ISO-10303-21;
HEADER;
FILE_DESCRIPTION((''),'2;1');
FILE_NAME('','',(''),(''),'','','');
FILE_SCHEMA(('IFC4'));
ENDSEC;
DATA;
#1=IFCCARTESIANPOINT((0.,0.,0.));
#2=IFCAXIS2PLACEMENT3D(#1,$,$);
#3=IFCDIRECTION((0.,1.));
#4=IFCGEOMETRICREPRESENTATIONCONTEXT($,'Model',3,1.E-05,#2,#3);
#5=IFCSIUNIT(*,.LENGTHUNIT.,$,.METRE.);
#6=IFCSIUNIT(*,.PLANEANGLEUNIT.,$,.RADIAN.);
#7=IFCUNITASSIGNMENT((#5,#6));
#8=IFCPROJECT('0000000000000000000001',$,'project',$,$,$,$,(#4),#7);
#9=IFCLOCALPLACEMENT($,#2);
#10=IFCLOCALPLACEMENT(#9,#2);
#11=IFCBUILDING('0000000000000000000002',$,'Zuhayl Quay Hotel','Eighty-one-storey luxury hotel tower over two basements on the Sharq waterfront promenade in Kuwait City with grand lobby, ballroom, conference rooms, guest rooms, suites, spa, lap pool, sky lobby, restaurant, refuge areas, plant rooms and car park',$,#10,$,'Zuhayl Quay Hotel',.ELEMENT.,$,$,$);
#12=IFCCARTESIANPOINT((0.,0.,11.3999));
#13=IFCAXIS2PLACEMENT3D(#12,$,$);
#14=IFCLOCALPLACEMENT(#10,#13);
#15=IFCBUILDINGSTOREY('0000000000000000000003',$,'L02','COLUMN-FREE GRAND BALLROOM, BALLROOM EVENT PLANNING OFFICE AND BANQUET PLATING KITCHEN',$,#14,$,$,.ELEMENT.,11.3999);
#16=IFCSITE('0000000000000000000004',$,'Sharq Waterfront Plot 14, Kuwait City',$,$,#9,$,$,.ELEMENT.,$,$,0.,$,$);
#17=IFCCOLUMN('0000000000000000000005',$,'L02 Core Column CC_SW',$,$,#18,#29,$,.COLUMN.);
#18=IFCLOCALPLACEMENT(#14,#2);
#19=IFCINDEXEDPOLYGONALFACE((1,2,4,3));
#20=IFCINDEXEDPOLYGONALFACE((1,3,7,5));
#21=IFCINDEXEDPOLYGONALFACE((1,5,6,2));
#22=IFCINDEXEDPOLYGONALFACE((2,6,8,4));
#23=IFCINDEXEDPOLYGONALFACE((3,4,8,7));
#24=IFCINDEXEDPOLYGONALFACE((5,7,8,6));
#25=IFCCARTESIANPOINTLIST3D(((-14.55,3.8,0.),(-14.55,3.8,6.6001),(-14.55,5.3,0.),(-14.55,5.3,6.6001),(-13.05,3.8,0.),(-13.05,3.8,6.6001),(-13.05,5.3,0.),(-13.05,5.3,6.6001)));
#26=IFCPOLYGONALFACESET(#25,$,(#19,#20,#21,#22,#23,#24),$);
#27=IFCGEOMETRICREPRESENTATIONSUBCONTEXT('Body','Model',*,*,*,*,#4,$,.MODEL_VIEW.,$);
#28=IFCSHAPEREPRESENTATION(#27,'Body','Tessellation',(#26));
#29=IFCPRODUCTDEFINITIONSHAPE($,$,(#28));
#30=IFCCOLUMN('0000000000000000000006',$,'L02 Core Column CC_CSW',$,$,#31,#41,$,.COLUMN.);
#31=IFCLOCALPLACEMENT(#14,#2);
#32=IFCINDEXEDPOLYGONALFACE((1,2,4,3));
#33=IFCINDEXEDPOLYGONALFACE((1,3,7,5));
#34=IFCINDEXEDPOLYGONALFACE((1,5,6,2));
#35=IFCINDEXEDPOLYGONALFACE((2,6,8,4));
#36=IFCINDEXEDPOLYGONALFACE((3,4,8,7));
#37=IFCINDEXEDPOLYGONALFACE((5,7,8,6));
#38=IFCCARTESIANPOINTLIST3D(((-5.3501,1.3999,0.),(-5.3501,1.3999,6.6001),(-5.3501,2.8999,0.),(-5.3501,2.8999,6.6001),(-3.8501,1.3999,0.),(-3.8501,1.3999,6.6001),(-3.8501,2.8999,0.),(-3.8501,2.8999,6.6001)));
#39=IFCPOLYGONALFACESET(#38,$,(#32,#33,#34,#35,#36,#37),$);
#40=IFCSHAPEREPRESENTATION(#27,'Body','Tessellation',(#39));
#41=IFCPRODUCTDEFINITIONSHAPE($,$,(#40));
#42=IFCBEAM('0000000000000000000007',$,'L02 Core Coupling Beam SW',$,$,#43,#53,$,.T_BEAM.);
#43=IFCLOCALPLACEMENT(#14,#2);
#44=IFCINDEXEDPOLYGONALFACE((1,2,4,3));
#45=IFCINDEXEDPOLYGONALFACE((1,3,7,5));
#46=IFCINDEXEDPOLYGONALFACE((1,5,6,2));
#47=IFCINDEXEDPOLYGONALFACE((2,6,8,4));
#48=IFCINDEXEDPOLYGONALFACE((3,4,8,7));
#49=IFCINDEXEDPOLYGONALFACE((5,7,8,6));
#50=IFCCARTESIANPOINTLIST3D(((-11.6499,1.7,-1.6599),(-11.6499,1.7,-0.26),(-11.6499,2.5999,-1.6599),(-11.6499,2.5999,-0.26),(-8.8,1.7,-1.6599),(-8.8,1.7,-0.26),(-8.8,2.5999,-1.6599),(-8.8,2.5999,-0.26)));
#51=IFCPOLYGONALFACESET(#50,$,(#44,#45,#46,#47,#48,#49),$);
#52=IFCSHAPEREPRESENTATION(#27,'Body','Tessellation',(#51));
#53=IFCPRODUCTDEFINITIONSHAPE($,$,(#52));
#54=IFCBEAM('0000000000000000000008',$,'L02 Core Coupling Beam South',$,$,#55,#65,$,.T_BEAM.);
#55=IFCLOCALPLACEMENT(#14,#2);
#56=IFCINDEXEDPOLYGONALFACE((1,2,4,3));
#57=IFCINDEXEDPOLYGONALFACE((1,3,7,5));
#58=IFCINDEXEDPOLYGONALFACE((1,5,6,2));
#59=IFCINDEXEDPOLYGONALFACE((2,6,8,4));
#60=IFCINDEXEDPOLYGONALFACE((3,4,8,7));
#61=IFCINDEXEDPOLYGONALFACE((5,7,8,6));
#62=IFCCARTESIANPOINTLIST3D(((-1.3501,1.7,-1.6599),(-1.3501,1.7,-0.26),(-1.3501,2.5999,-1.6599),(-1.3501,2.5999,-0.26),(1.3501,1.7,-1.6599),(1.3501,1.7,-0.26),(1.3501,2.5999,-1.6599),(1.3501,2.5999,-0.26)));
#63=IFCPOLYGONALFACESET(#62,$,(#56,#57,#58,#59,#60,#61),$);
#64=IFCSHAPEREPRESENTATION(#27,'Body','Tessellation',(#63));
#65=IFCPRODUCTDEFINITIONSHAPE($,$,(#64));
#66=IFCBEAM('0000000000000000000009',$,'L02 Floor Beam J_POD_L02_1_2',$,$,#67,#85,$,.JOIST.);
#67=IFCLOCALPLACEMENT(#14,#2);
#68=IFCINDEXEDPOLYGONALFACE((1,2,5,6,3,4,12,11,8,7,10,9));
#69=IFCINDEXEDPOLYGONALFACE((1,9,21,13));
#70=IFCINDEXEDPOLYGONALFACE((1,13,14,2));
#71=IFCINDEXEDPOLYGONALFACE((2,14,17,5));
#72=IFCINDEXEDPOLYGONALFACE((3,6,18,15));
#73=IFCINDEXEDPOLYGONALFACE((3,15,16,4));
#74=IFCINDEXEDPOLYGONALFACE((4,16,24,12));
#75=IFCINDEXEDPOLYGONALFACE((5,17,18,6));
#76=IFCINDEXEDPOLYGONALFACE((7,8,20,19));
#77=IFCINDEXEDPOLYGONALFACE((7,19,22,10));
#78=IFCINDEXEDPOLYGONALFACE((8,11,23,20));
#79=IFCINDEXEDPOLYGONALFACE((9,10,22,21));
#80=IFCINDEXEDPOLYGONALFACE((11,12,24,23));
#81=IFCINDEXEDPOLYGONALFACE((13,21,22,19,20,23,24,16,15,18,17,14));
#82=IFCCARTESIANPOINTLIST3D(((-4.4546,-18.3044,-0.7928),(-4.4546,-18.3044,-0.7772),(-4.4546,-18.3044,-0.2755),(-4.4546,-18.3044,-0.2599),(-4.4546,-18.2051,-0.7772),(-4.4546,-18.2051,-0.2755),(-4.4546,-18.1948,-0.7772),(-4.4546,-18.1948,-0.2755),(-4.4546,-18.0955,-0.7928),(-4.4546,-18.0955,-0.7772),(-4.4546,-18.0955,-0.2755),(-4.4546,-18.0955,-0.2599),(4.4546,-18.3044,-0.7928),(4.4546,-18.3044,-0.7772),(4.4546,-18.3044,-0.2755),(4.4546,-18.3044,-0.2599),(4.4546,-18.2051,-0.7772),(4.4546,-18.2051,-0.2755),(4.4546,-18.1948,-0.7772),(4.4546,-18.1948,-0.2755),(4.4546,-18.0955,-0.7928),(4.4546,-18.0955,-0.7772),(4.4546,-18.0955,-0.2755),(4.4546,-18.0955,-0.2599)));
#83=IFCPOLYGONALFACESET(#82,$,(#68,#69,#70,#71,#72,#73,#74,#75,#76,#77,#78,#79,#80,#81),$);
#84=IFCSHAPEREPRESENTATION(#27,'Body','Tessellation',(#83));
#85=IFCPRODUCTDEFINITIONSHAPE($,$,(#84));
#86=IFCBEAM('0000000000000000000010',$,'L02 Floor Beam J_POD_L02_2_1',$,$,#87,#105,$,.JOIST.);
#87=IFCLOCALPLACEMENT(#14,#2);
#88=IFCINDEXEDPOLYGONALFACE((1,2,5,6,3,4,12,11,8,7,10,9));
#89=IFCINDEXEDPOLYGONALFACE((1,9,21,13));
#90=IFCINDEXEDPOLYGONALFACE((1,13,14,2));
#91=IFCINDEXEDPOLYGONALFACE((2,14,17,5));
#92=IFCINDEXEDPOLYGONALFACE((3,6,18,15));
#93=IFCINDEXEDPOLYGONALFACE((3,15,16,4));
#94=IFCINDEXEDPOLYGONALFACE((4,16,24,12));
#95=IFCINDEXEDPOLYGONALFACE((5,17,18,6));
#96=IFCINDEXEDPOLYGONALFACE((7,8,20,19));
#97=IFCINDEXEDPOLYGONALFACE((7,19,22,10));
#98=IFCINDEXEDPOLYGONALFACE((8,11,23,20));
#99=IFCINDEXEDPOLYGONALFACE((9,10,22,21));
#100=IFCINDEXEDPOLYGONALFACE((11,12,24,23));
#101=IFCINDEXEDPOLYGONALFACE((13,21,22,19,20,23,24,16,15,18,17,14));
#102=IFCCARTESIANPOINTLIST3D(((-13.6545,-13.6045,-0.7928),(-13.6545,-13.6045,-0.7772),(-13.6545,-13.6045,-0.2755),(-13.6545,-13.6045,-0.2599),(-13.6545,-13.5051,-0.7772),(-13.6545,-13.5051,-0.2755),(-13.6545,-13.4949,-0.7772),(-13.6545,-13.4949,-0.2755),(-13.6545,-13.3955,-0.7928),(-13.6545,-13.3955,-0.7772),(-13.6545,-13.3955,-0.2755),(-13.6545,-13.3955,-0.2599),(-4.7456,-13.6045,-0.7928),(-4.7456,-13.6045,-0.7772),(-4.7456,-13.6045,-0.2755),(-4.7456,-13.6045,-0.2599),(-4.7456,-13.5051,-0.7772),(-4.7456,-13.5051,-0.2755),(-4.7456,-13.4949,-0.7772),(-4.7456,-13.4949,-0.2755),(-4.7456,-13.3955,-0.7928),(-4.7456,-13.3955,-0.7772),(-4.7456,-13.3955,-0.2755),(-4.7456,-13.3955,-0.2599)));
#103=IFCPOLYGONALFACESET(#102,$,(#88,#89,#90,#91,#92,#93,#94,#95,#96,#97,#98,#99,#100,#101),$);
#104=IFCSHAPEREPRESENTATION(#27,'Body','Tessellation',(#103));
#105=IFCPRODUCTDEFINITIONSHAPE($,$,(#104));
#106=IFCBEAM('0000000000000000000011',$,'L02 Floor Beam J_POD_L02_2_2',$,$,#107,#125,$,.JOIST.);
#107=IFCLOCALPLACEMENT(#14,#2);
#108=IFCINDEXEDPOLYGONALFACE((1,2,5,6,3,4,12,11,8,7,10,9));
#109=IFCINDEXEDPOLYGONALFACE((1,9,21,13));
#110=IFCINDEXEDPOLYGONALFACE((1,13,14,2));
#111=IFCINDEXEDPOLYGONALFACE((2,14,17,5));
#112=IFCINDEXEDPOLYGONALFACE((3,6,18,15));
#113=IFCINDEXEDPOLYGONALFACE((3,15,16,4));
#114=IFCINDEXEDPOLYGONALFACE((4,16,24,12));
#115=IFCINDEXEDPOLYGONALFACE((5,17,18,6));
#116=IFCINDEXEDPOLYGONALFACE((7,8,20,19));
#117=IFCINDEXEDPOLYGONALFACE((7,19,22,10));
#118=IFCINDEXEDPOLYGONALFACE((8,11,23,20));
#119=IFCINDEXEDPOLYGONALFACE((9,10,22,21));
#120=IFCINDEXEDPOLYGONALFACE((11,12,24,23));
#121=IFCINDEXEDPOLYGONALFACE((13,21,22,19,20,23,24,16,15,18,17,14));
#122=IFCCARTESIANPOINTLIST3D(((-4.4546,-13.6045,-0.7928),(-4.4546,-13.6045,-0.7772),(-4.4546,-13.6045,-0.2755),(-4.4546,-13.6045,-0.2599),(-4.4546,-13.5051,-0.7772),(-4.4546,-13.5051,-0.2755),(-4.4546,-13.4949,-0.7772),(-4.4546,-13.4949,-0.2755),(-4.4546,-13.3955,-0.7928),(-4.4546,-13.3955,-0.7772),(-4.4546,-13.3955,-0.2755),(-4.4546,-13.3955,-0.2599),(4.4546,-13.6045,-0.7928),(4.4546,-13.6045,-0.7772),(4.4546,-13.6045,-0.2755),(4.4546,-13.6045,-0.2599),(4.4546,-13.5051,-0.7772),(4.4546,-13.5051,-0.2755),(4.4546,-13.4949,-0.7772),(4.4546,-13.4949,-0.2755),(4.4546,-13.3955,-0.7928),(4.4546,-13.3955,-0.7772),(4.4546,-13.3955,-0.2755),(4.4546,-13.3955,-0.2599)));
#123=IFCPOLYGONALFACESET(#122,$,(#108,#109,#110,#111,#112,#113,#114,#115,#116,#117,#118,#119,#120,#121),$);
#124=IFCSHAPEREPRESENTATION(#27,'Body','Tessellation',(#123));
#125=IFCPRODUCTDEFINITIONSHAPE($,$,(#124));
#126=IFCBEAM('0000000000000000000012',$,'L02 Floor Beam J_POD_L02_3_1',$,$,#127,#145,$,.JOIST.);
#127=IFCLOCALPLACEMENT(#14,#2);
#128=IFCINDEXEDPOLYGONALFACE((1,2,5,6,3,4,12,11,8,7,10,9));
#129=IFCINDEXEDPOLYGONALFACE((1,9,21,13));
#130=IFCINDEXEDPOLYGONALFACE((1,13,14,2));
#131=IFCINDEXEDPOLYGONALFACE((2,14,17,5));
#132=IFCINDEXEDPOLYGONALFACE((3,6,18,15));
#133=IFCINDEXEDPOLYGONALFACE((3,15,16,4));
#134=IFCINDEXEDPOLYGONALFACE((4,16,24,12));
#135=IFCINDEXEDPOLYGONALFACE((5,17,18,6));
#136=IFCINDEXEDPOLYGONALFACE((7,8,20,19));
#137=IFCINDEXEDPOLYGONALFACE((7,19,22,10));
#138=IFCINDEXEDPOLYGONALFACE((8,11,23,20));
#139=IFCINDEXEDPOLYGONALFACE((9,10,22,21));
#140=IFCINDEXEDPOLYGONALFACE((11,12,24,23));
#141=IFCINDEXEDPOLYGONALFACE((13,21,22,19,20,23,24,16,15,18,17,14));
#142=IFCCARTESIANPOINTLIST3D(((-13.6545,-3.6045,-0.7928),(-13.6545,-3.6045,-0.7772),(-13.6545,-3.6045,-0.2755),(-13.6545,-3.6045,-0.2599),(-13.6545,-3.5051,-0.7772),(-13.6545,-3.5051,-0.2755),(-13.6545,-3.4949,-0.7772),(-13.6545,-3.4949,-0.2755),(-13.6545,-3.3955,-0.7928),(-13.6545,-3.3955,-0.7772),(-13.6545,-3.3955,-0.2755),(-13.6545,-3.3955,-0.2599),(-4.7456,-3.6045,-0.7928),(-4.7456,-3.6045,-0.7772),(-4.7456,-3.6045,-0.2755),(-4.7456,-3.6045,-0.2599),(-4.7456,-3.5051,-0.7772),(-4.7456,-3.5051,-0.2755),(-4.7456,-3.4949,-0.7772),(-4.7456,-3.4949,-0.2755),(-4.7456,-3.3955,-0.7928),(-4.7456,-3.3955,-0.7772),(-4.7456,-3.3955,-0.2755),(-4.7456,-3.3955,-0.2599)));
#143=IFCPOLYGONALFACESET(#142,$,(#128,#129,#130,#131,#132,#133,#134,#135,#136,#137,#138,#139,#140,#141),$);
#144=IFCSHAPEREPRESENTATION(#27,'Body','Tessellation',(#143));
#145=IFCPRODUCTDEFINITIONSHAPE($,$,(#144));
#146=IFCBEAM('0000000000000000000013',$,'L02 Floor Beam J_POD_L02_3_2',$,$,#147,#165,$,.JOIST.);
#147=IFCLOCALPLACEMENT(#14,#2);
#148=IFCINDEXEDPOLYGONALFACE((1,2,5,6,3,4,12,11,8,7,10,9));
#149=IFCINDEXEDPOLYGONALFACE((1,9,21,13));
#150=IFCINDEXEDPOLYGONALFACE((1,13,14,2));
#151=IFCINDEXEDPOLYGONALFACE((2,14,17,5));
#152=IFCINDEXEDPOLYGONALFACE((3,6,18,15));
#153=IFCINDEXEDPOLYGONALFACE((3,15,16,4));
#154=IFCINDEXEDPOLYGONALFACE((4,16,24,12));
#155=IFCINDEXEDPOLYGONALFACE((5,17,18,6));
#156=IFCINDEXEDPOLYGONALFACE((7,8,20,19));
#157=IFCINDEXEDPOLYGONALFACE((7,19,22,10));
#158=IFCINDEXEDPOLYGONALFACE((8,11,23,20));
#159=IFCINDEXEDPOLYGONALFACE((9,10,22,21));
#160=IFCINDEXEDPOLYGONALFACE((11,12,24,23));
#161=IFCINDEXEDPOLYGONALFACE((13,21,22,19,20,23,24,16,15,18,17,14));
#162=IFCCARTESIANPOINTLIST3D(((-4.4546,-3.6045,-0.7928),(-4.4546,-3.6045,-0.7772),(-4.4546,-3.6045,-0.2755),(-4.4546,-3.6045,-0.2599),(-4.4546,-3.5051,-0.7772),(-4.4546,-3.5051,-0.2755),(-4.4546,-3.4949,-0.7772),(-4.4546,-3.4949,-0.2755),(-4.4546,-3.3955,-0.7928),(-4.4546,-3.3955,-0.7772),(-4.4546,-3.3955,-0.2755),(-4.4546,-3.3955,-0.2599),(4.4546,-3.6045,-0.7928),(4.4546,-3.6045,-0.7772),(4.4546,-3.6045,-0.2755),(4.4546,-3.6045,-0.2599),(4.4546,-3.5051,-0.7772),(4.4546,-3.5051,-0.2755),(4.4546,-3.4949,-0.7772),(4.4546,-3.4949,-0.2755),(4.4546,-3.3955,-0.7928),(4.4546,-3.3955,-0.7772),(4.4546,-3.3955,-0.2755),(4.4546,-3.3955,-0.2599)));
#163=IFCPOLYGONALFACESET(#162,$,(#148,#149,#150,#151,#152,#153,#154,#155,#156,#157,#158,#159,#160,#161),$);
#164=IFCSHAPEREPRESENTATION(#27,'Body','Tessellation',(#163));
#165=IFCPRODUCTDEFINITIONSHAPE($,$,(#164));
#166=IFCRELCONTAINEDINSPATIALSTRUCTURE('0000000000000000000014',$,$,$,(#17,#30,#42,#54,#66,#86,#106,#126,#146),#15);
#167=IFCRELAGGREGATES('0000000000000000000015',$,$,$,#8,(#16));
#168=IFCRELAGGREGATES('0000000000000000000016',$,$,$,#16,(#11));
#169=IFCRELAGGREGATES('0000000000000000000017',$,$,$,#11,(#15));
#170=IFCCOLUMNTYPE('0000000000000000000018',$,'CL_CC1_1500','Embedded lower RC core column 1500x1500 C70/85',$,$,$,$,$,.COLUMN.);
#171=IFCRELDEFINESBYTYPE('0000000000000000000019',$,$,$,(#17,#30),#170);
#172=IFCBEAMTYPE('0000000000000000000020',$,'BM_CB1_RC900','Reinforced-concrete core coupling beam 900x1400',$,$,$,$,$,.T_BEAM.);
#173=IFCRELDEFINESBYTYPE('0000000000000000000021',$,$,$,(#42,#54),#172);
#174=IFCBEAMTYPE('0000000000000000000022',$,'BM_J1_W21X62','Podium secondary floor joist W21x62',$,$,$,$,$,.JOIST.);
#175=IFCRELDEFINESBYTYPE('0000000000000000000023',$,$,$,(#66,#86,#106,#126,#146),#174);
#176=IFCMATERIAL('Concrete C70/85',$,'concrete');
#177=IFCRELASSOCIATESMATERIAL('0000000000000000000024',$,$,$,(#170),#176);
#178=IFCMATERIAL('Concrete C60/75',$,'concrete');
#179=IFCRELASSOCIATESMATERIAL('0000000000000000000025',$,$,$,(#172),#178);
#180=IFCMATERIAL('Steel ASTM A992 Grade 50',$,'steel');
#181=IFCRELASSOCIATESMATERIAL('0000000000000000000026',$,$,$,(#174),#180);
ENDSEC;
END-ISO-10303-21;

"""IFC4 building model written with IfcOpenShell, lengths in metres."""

from ifc_helpers import new_model, si_unit, direction, frame, origin, origin_2d, place, context, subcontext, project, spatial, rectangle, i_section, extrude, material, material_profile, profile_set, type_object, element, save


model = new_model("IFC4")

# Units and contexts
model_context = context("Model", 3, precision=1e-05, world=origin(), true_north=direction((0.0, 1.0)))
body_context = subcontext(model_context, "Body", "Model", "MODEL_VIEW")
ifc_project = project(units=[si_unit("LENGTHUNIT", "METRE"), si_unit("PLANEANGLEUNIT", "RADIAN")], contexts=[model_context])

# Site, building, storey
site_placement = place(None, origin())
site = spatial("IfcSite", under=ifc_project, at=site_placement, Name="Sharq Waterfront Plot 14, Kuwait City", CompositionType="ELEMENT", RefElevation=0.0)
building_placement = place(site_placement, origin())
building = spatial("IfcBuilding", under=site, at=building_placement, Name="Zuhayl Quay Hotel", Description="Eighty-one-storey luxury hotel tower over two basements on the Sharq waterfront promenade in Kuwait City with grand lobby, ballroom, conference rooms, guest rooms, suites, spa, lap pool, sky lobby, restaurant, refuge areas, plant rooms and car park", LongName="Zuhayl Quay Hotel", CompositionType="ELEMENT")
storey_placement = place(building_placement, frame((0.0, 0.0, 11.3999)))
storey = spatial("IfcBuildingStorey", under=building, at=storey_placement, Name="L02", Description="COLUMN-FREE GRAND BALLROOM, BALLROOM EVENT PLANNING OFFICE AND BANQUET PLATING KITCHEN", CompositionType="ELEMENT", Elevation=11.3999)

# Columns
ifc_material_1 = material(Name="Concrete C70/85", Category="concrete")
ifc_material_profile_1 = material_profile(ifc_material_1, rectangle(XDim=1.5, YDim=1.5, at=origin_2d()), Name="RC1500X1500")
ifc_profile_set_1 = profile_set([ifc_material_profile_1], Name="Concrete C70/85")
column_type = type_object("IfcColumnType", Name="CL_CC1_1500", Description="Embedded lower RC core column 1500x1500 C70/85", PredefinedType="COLUMN", material=ifc_profile_set_1)
for number, where, z_axis, x_axis, name in (
    (1, (-13.8, 4.55, 0.0), (0.0, 0.0, 1.0), (1.0, 0.0, 0.0), "L02 Core Column CC_SW"),
    (2, (-4.6001, 2.1499, 0.0), (0.0, 0.0, 1.0), (1.0, 0.0, 0.0), "L02 Core Column CC_CSW"),
):
    element("IfcColumn", number, at=place(storey_placement, frame(where, z_axis=z_axis, x_axis=x_axis)), inside=storey, type_object=column_type, Name=name, PredefinedType="COLUMN", context=body_context, shape_type="SweptSolid", body=[
        extrude(rectangle(XDim=1.5, YDim=1.5, at=origin_2d()), origin(), (0.0, 0.0, 1.0), 6.6001),
    ])

# Beams
ifc_material_2 = material(Name="Concrete C60/75", Category="concrete")
ifc_material_profile_2 = material_profile(ifc_material_2, rectangle(XDim=0.8999, YDim=1.3999, at=origin_2d()), Name="RC900X1400")
ifc_profile_set_2 = profile_set([ifc_material_profile_2], Name="Concrete C60/75")
beam_type_1 = type_object("IfcBeamType", Name="BM_CB1_RC900", Description="Reinforced-concrete core coupling beam 900x1400", PredefinedType="T_BEAM", material=ifc_profile_set_2)
beam_1_placement = place(storey_placement, frame((-11.6499, 2.1499, -0.96), z_axis=(1.0, 0.0, 0.0), x_axis=(0.0, 1.0, 0.0)))
element("IfcBeam", 3, at=beam_1_placement, inside=storey, type_object=beam_type_1, Name="L02 Core Coupling Beam SW", PredefinedType="T_BEAM", context=body_context, shape_type="SweptSolid", body=[
    extrude(rectangle(XDim=0.8999, YDim=1.3999, at=origin_2d()), origin(), (0.0, 0.0, 1.0), 2.8499),
])
beam_2_placement = place(storey_placement, frame((-1.3501, 2.1499, -0.96), z_axis=(1.0, 0.0, 0.0), x_axis=(0.0, 1.0, 0.0)))
element("IfcBeam", 4, at=beam_2_placement, inside=storey, type_object=beam_type_1, Name="L02 Core Coupling Beam South", PredefinedType="T_BEAM", context=body_context, shape_type="SweptSolid", body=[
    extrude(rectangle(XDim=0.8999, YDim=1.3999, at=origin_2d()), origin(), (0.0, 0.0, 1.0), 2.7002),
])
ifc_material_3 = material(Name="Steel ASTM A992 Grade 50", Category="steel")
ifc_material_profile_3 = material_profile(ifc_material_3, i_section(OverallWidth=0.209, OverallDepth=0.533, WebThickness=0.0103, FlangeThickness=0.0156, at=origin_2d()), Name="W21X62")
ifc_profile_set_3 = profile_set([ifc_material_profile_3], Name="Steel ASTM A992 Grade 50")
beam_type_2 = type_object("IfcBeamType", Name="BM_J1_W21X62", Description="Podium secondary floor joist W21x62", PredefinedType="JOIST", material=ifc_profile_set_3)
beam_3_placement = place(storey_placement, frame((-4.4546, -18.2, -0.5264), z_axis=(1.0, 0.0, 0.0), x_axis=(0.0, 1.0, 0.0)))
element("IfcBeam", 5, at=beam_3_placement, inside=storey, type_object=beam_type_2, Name="L02 Floor Beam J_POD_L02_1_2", PredefinedType="JOIST", context=body_context, shape_type="SweptSolid", body=[
    extrude(i_section(OverallWidth=0.209, OverallDepth=0.533, WebThickness=0.0103, FlangeThickness=0.0156, at=origin_2d()), origin(), (0.0, 0.0, 1.0), 8.9092),
])
beam_4_placement = place(storey_placement, frame((-13.6545, -13.5, -0.5264), z_axis=(1.0, 0.0, 0.0), x_axis=(0.0, 1.0, 0.0)))
element("IfcBeam", 6, at=beam_4_placement, inside=storey, type_object=beam_type_2, Name="L02 Floor Beam J_POD_L02_2_1", PredefinedType="JOIST", context=body_context, shape_type="SweptSolid", body=[
    extrude(i_section(OverallWidth=0.209, OverallDepth=0.533, WebThickness=0.0103, FlangeThickness=0.0156, at=origin_2d()), origin(), (0.0, 0.0, 1.0), 8.9089),
])
beam_5_placement = place(storey_placement, frame((-4.4546, -13.5, -0.5264), z_axis=(1.0, 0.0, 0.0), x_axis=(0.0, 1.0, 0.0)))
element("IfcBeam", 7, at=beam_5_placement, inside=storey, type_object=beam_type_2, Name="L02 Floor Beam J_POD_L02_2_2", PredefinedType="JOIST", context=body_context, shape_type="SweptSolid", body=[
    extrude(i_section(OverallWidth=0.209, OverallDepth=0.533, WebThickness=0.0103, FlangeThickness=0.0156, at=origin_2d()), origin(), (0.0, 0.0, 1.0), 8.9092),
])
beam_6_placement = place(storey_placement, frame((-13.6545, -3.5, -0.5264), z_axis=(1.0, 0.0, 0.0), x_axis=(0.0, 1.0, 0.0)))
element("IfcBeam", 8, at=beam_6_placement, inside=storey, type_object=beam_type_2, Name="L02 Floor Beam J_POD_L02_3_1", PredefinedType="JOIST", context=body_context, shape_type="SweptSolid", body=[
    extrude(i_section(OverallWidth=0.209, OverallDepth=0.533, WebThickness=0.0103, FlangeThickness=0.0156, at=origin_2d()), origin(), (0.0, 0.0, 1.0), 8.9089),
])
beam_7_placement = place(storey_placement, frame((-4.4546, -3.5, -0.5264), z_axis=(1.0, 0.0, 0.0), x_axis=(0.0, 1.0, 0.0)))
element("IfcBeam", 9, at=beam_7_placement, inside=storey, type_object=beam_type_2, Name="L02 Floor Beam J_POD_L02_3_2", PredefinedType="JOIST", context=body_context, shape_type="SweptSolid", body=[
    extrude(i_section(OverallWidth=0.209, OverallDepth=0.533, WebThickness=0.0103, FlangeThickness=0.0156, at=origin_2d()), origin(), (0.0, 0.0, 1.0), 8.9092),
])

save(model, "model.ifc")
